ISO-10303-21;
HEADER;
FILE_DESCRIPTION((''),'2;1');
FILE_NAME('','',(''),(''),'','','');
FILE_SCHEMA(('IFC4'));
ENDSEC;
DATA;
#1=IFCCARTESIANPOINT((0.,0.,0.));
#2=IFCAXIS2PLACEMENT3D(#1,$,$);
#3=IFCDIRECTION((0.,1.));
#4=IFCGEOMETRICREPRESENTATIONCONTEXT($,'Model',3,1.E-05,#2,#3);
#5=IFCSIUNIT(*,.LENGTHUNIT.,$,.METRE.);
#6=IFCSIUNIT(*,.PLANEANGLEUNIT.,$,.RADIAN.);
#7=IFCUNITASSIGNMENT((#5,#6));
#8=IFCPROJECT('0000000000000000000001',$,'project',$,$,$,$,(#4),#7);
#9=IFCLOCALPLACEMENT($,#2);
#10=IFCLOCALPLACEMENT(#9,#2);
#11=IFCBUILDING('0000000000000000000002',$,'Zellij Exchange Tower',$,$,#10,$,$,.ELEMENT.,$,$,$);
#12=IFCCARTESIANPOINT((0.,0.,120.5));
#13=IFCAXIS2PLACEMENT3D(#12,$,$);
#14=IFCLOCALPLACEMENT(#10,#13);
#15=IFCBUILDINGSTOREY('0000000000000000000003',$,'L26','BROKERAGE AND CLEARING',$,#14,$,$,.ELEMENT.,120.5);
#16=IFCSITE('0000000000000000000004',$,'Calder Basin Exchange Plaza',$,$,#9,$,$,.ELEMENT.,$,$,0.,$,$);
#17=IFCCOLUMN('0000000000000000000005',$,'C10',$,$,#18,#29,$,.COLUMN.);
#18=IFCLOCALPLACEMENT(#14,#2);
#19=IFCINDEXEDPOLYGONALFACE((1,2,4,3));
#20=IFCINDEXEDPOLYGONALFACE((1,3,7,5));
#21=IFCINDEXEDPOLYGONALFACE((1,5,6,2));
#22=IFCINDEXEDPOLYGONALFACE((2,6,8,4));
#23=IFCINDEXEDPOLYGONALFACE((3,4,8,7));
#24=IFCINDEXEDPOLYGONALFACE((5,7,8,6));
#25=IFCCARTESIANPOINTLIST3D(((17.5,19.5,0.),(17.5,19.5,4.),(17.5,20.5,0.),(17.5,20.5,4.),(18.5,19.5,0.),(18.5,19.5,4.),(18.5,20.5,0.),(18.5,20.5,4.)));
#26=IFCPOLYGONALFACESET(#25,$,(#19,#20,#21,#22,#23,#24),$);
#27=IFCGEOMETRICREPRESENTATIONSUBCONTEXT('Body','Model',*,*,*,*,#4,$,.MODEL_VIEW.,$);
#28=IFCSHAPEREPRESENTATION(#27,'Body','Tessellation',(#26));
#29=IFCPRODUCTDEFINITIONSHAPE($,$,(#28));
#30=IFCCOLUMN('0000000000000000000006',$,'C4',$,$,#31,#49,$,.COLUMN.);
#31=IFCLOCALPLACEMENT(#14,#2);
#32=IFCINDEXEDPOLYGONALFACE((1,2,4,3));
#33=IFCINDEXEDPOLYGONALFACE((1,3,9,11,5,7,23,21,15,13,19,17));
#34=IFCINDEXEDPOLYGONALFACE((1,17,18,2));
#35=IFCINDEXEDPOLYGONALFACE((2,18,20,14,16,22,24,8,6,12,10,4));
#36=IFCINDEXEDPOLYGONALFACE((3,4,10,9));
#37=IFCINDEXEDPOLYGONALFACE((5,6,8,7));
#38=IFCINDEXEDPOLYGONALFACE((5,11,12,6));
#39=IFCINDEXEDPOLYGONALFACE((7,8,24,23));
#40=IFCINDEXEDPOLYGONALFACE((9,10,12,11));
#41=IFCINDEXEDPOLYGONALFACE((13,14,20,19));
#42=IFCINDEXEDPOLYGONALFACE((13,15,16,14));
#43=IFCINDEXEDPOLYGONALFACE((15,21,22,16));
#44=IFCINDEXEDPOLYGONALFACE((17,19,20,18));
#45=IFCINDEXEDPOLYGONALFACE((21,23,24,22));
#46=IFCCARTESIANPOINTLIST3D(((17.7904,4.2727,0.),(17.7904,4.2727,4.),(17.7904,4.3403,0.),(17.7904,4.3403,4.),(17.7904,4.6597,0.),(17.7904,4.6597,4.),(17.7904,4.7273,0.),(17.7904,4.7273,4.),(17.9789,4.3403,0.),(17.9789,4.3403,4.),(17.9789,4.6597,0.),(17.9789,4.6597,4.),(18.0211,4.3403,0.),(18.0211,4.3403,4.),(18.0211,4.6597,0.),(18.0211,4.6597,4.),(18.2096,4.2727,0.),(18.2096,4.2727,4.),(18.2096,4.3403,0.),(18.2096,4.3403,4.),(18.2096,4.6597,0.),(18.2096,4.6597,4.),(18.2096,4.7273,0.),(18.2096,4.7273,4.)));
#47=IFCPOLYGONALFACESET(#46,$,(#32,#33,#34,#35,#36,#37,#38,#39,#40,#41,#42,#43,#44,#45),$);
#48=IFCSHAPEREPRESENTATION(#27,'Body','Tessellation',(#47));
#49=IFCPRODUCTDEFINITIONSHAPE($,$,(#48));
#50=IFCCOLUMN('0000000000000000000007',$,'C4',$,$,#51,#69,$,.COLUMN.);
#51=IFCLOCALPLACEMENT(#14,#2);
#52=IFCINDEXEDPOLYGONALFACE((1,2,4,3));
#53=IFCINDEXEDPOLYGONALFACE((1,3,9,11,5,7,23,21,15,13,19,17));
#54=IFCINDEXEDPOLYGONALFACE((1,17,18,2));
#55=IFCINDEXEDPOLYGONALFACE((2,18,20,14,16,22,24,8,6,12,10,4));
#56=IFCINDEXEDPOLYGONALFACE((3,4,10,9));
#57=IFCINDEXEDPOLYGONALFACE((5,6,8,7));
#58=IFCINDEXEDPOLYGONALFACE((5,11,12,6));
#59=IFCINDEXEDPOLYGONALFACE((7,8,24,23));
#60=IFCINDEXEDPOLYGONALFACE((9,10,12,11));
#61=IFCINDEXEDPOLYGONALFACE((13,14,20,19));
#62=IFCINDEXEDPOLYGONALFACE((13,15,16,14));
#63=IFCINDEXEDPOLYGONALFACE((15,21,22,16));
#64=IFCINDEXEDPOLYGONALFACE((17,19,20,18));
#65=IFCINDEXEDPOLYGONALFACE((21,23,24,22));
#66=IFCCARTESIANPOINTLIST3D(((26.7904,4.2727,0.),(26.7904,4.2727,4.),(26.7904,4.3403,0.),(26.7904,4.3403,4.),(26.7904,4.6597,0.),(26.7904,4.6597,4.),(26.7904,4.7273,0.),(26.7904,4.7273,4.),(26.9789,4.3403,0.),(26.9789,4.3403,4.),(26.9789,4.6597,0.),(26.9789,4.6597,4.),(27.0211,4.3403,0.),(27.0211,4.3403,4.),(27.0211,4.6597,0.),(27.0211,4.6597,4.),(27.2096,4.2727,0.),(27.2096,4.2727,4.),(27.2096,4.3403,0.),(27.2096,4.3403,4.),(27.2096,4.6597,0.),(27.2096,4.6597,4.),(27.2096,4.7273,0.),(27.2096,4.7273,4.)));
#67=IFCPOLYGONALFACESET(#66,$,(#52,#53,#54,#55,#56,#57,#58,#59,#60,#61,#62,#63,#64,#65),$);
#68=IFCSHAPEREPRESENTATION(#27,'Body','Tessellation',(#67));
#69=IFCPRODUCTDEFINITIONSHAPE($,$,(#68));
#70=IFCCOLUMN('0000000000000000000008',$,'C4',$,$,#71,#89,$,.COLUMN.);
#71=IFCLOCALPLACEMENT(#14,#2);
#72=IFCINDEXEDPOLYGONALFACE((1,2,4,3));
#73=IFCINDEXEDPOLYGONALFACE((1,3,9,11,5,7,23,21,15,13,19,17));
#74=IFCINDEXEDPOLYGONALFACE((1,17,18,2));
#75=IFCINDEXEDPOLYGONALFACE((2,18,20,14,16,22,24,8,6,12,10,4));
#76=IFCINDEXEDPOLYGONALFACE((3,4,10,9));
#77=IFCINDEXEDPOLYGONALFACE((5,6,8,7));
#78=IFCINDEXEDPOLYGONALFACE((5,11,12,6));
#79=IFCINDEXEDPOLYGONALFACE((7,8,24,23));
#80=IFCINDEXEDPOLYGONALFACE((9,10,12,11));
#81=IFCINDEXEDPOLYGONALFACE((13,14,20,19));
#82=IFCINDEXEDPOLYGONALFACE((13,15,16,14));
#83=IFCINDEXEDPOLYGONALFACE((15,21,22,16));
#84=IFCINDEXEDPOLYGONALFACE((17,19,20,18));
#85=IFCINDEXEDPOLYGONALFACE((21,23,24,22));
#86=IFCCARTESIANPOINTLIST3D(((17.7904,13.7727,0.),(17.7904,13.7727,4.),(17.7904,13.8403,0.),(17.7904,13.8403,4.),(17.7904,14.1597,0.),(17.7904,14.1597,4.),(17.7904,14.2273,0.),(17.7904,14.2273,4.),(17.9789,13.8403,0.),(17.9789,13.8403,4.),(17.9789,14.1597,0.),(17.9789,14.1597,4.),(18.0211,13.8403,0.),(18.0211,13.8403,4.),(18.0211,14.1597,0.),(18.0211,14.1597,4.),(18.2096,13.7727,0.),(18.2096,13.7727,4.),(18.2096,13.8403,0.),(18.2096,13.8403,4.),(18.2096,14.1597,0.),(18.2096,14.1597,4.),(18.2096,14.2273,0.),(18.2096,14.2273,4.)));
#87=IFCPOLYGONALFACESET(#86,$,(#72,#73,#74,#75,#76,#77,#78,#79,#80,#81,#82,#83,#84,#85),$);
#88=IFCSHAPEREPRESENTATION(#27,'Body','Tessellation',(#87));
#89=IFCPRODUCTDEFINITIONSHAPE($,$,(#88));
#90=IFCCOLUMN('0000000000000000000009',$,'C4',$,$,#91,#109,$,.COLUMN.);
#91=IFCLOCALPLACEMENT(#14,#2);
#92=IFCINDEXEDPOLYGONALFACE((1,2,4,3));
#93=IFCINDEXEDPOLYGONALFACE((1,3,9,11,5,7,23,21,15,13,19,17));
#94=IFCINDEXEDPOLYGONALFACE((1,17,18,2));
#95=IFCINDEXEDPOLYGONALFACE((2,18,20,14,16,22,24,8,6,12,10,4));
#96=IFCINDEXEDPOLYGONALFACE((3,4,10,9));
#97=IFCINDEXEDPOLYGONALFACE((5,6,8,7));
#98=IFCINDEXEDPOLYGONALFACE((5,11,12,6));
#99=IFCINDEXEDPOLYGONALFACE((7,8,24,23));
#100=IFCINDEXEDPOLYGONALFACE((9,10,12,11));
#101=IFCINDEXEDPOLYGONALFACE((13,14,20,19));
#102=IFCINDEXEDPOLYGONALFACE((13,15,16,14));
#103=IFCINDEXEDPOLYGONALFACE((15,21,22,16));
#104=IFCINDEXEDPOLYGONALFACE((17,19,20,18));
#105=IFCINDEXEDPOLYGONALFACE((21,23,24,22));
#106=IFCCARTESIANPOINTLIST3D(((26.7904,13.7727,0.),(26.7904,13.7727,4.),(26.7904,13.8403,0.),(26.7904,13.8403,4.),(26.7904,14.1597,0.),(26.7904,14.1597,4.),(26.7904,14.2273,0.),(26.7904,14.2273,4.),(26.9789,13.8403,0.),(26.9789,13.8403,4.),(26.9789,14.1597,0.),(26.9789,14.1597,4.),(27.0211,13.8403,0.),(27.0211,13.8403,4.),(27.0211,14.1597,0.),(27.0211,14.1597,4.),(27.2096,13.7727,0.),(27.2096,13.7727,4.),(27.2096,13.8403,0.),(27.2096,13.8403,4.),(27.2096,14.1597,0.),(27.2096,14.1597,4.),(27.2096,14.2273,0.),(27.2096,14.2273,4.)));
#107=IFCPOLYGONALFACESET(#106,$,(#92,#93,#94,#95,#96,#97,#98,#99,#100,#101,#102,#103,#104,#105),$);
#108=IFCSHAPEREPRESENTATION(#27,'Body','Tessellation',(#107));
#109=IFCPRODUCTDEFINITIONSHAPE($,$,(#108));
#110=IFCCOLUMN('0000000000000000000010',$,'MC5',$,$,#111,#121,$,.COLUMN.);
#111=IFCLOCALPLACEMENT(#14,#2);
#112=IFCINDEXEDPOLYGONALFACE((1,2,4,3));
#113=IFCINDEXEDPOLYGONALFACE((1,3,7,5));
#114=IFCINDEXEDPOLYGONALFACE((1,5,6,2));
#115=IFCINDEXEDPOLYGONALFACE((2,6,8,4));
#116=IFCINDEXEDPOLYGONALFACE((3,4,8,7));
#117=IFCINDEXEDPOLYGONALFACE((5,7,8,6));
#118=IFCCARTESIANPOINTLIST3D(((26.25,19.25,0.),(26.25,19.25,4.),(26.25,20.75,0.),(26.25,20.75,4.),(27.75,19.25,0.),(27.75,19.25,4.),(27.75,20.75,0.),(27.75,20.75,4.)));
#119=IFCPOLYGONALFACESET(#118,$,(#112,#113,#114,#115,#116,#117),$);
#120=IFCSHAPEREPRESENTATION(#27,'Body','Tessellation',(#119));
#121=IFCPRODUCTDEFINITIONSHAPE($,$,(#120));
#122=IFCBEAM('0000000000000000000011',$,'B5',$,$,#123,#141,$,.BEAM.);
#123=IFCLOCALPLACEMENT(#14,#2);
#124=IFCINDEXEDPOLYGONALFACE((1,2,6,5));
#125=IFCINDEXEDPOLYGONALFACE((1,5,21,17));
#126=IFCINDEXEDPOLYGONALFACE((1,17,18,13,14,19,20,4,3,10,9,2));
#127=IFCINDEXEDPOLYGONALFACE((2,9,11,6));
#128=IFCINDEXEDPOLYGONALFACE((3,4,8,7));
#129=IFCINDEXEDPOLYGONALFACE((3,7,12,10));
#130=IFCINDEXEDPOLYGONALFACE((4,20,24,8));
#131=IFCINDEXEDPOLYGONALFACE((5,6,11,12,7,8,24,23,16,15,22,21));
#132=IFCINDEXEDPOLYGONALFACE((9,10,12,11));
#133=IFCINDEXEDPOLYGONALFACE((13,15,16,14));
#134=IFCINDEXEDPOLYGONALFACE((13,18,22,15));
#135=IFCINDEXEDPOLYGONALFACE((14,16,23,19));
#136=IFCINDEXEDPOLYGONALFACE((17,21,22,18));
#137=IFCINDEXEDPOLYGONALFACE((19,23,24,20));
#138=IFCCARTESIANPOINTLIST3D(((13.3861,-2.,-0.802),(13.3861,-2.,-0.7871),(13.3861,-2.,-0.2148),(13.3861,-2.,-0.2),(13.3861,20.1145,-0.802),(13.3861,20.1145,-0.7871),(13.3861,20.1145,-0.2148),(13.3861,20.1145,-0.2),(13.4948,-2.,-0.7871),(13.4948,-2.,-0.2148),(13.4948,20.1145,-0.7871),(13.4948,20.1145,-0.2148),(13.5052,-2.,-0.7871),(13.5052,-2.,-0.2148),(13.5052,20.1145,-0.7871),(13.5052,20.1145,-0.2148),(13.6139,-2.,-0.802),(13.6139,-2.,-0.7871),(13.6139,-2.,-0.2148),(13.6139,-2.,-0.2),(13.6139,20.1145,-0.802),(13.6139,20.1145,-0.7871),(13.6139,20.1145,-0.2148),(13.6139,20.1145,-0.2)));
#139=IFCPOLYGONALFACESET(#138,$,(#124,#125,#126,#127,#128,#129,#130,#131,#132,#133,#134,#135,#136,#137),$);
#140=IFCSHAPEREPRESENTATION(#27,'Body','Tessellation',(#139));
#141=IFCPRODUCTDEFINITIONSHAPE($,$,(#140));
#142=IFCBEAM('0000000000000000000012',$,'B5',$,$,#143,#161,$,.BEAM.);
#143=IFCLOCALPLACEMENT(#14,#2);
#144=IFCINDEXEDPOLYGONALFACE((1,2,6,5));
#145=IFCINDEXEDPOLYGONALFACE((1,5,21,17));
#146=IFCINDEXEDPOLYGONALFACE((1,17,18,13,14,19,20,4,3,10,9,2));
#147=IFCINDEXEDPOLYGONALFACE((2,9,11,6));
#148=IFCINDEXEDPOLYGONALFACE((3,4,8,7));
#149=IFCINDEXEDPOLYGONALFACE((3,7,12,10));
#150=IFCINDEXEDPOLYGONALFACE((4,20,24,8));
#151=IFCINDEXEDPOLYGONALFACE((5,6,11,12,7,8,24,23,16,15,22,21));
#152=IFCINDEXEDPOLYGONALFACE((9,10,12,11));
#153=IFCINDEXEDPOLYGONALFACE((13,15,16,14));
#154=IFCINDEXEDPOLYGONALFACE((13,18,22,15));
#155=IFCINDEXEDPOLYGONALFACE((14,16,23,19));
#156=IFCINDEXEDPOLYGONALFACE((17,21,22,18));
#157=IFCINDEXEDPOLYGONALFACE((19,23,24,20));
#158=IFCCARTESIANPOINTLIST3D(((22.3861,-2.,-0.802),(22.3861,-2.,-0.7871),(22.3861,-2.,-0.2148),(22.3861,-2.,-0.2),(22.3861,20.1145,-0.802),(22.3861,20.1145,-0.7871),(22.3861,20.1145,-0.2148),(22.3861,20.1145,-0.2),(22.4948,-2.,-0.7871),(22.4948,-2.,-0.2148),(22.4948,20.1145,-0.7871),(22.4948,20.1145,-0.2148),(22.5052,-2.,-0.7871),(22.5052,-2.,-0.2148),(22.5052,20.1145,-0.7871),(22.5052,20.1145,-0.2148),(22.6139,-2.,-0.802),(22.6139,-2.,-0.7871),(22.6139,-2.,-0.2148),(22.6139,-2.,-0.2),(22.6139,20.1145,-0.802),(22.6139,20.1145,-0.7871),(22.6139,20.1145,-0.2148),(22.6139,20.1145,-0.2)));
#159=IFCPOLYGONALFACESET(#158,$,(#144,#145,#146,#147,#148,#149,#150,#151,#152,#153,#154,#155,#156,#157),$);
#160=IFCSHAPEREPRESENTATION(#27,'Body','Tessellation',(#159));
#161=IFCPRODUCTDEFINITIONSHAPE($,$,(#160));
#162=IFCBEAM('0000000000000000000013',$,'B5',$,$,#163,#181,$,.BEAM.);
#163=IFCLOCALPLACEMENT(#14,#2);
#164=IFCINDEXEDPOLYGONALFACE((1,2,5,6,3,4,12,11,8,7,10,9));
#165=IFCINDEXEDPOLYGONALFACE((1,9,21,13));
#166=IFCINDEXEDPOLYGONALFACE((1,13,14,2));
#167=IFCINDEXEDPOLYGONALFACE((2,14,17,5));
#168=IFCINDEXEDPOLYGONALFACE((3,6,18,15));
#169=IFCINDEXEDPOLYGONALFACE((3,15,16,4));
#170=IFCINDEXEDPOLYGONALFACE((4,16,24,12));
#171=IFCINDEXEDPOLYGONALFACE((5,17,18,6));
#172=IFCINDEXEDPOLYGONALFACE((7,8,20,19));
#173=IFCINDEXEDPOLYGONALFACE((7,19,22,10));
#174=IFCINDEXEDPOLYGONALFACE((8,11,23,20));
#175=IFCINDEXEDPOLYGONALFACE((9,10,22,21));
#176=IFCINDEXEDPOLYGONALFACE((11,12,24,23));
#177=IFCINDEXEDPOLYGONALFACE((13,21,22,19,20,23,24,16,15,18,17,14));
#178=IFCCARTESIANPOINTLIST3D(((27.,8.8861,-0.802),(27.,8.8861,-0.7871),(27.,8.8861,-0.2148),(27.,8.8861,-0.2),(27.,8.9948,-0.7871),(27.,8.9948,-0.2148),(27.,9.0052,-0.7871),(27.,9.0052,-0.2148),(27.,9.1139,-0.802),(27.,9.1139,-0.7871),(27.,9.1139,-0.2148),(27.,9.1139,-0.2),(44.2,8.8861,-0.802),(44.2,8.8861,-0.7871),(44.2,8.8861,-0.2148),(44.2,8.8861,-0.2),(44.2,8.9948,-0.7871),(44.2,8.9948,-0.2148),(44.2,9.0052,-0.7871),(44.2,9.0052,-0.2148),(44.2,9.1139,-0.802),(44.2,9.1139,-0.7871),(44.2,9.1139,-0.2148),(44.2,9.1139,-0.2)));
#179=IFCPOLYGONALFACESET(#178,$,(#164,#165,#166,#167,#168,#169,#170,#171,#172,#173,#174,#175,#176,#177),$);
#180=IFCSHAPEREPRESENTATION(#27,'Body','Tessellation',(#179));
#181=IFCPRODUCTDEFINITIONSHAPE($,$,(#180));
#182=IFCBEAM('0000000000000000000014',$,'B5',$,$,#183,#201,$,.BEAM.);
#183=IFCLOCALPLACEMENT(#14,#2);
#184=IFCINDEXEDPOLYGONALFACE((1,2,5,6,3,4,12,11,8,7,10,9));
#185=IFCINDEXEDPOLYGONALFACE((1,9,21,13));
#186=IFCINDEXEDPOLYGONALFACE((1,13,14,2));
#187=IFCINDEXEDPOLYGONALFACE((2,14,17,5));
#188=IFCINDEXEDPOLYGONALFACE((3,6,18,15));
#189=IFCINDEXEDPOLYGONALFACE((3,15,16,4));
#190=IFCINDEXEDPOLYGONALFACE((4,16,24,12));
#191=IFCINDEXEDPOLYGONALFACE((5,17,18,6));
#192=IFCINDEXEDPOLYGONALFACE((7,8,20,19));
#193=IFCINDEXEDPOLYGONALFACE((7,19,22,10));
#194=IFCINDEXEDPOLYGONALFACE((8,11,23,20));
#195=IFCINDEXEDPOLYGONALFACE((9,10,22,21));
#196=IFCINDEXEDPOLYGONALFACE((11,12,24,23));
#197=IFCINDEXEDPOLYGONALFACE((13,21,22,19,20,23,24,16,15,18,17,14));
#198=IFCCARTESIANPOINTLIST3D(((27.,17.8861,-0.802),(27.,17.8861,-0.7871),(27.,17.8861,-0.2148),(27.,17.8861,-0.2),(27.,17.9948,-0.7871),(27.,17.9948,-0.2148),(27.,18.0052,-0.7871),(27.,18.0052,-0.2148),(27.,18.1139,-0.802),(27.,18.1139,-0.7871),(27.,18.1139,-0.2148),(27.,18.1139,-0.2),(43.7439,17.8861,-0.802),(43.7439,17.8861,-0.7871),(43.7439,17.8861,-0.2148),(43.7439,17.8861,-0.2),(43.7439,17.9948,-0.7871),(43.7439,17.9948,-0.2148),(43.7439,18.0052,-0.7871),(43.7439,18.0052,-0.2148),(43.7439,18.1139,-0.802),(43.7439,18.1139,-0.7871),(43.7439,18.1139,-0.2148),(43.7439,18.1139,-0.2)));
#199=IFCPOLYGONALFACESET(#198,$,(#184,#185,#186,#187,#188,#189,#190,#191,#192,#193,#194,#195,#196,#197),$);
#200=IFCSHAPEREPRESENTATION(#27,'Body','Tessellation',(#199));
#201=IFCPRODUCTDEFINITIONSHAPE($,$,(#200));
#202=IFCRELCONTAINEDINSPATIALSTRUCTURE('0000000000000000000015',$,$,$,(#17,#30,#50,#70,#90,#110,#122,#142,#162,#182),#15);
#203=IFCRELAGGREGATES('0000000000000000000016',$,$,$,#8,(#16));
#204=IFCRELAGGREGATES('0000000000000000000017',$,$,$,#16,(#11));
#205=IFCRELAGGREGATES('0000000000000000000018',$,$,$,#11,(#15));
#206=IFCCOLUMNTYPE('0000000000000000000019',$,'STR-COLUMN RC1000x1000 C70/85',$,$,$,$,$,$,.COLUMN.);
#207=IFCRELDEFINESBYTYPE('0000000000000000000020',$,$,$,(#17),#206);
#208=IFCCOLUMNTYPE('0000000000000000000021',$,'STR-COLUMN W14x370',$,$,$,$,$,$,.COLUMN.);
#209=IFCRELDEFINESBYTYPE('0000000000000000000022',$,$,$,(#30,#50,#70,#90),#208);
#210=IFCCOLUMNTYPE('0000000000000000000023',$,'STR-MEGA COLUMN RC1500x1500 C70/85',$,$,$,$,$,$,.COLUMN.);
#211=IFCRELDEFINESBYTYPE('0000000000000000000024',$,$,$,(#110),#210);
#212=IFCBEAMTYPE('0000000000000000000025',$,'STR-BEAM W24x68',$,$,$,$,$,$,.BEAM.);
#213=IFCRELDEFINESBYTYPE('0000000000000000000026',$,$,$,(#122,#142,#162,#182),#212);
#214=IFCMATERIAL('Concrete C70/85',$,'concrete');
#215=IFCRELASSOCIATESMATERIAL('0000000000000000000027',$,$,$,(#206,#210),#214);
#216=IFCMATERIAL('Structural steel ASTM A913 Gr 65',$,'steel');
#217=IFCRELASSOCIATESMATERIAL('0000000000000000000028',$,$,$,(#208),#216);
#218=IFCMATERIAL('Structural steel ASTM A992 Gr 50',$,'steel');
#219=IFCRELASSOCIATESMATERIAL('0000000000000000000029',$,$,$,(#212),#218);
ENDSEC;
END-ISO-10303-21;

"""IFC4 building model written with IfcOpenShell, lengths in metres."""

from ifc_helpers import new_model, si_unit, direction, frame, origin, origin_2d, place, context, subcontext, project, spatial, rectangle, i_section, extrude, material, material_profile, profile_set, type_object, element, save


model = new_model("IFC4")

# Units and contexts
model_context = context("Model", 3, precision=1e-05, world=origin(), true_north=direction((0.0, 1.0)))
body_context = subcontext(model_context, "Body", "Model", "MODEL_VIEW")
ifc_project = project(units=[si_unit("LENGTHUNIT", "METRE"), si_unit("PLANEANGLEUNIT", "RADIAN")], contexts=[model_context])

# Site, building, storey
site_placement = place(None, origin())
site = spatial("IfcSite", under=ifc_project, at=site_placement, Name="Calder Basin Exchange Plaza", CompositionType="ELEMENT", RefElevation=0.0)
building_placement = place(site_placement, origin())
building = spatial("IfcBuilding", under=site, at=building_placement, Name="Zellij Exchange Tower", CompositionType="ELEMENT")
storey_placement = place(building_placement, frame((0.0, 0.0, 120.5)))
storey = spatial("IfcBuildingStorey", under=building, at=storey_placement, Name="L26", Description="BROKERAGE AND CLEARING", CompositionType="ELEMENT", Elevation=120.5)

# Columns
ifc_material_1 = material(Name="Concrete C70/85", Category="concrete")
ifc_material_profile_1 = material_profile(ifc_material_1, rectangle(XDim=1.0, YDim=1.0, at=origin_2d()), Name="STR-COLUMN RC1000x1000 C70/85")
ifc_profile_set_1 = profile_set([ifc_material_profile_1], Name="Concrete C70/85")
column_type_1 = type_object("IfcColumnType", Name="STR-COLUMN RC1000x1000 C70/85", PredefinedType="COLUMN", material=ifc_profile_set_1)
column_1_placement = place(storey_placement, frame((18.0, 20.0, 0.0), z_axis=(0.0, 0.0, 1.0), x_axis=(1.0, 0.0, 0.0)))
element("IfcColumn", 1, at=column_1_placement, inside=storey, type_object=column_type_1, Name="C10", PredefinedType="COLUMN", context=body_context, shape_type="SweptSolid", body=[
    extrude(rectangle(XDim=1.0, YDim=1.0, at=origin_2d()), origin(), (0.0, 0.0, 1.0), 4.0),
])
ifc_material_2 = material(Name="Structural steel ASTM A913 Gr 65", Category="steel")
ifc_material_profile_2 = material_profile(ifc_material_2, i_section(OverallWidth=0.4192, OverallDepth=0.4546, WebThickness=0.0422, FlangeThickness=0.0676, at=origin_2d()), Name="W14x370")
ifc_profile_set_2 = profile_set([ifc_material_profile_2], Name="Structural steel ASTM A913 Gr 65")
column_type_2 = type_object("IfcColumnType", Name="STR-COLUMN W14x370", PredefinedType="COLUMN", material=ifc_profile_set_2)
for number, where, z_axis, x_axis, name in (
    (2, (18.0, 4.5, 0.0), (0.0, 0.0, 1.0), (1.0, 0.0, 0.0), "C4"),
    (3, (27.0, 4.5, 0.0), (0.0, 0.0, 1.0), (1.0, 0.0, 0.0), "C4"),
    (4, (18.0, 14.0, 0.0), (0.0, 0.0, 1.0), (1.0, 0.0, 0.0), "C4"),
    (5, (27.0, 14.0, 0.0), (0.0, 0.0, 1.0), (1.0, 0.0, 0.0), "C4"),
):
    element("IfcColumn", number, at=place(storey_placement, frame(where, z_axis=z_axis, x_axis=x_axis)), inside=storey, type_object=column_type_2, Name=name, PredefinedType="COLUMN", context=body_context, shape_type="SweptSolid", body=[
        extrude(i_section(OverallWidth=0.4192, OverallDepth=0.4546, WebThickness=0.0422, FlangeThickness=0.0676, at=origin_2d()), origin(), (0.0, 0.0, 1.0), 4.0),
    ])
ifc_material_profile_3 = material_profile(ifc_material_1, rectangle(XDim=1.5, YDim=1.5, at=origin_2d()), Name="STR-MEGA COLUMN RC1500x1500 C70/85")
ifc_profile_set_3 = profile_set([ifc_material_profile_3], Name="Concrete C70/85")
column_type_3 = type_object("IfcColumnType", Name="STR-MEGA COLUMN RC1500x1500 C70/85", PredefinedType="COLUMN", material=ifc_profile_set_3)
column_2_placement = place(storey_placement, frame((27.0, 20.0, 0.0), z_axis=(0.0, 0.0, 1.0), x_axis=(1.0, 0.0, 0.0)))
element("IfcColumn", 6, at=column_2_placement, inside=storey, type_object=column_type_3, Name="MC5", PredefinedType="COLUMN", context=body_context, shape_type="SweptSolid", body=[
    extrude(rectangle(XDim=1.5, YDim=1.5, at=origin_2d()), origin(), (0.0, 0.0, 1.0), 4.0),
])

# Beams
ifc_material_3 = material(Name="Structural steel ASTM A992 Gr 50", Category="steel")
ifc_material_profile_4 = material_profile(ifc_material_3, i_section(OverallWidth=0.2278, OverallDepth=0.6021, WebThickness=0.0105, FlangeThickness=0.0149, at=origin_2d()), Name="W24x68")
ifc_profile_set_4 = profile_set([ifc_material_profile_4], Name="Structural steel ASTM A992 Gr 50")
beam_type_1 = type_object("IfcBeamType", Name="STR-BEAM W24x68", PredefinedType="BEAM", material=ifc_profile_set_4)
for number, where, z_axis, x_axis, name in (
    (7, (13.5, -2.0, -0.501), (0.0, 1.0, 0.0), (-1.0, 0.0, 0.0), "B5"),
    (8, (22.5, -2.0, -0.501), (0.0, 1.0, 0.0), (-1.0, 0.0, 0.0), "B5"),
):
    element("IfcBeam", number, at=place(storey_placement, frame(where, z_axis=z_axis, x_axis=x_axis)), inside=storey, type_object=beam_type_1, Name=name, PredefinedType="BEAM", context=body_context, shape_type="SweptSolid", body=[
        extrude(i_section(OverallWidth=0.2278, OverallDepth=0.6021, WebThickness=0.0105, FlangeThickness=0.0149, at=origin_2d()), origin(), (0.0, 0.0, 1.0), 22.1145),
    ])
beam_1_placement = place(storey_placement, frame((27.0, 9.0, -0.501), z_axis=(1.0, 0.0, 0.0), x_axis=(0.0, 1.0, 0.0)))
element("IfcBeam", 9, at=beam_1_placement, inside=storey, type_object=beam_type_1, Name="B5", PredefinedType="BEAM", context=body_context, shape_type="SweptSolid", body=[
    extrude(i_section(OverallWidth=0.2278, OverallDepth=0.6021, WebThickness=0.0105, FlangeThickness=0.0149, at=origin_2d()), origin(), (0.0, 0.0, 1.0), 17.2),
])
beam_2_placement = place(storey_placement, frame((27.0, 18.0, -0.501), z_axis=(1.0, 0.0, 0.0), x_axis=(0.0, 1.0, 0.0)))
element("IfcBeam", 10, at=beam_2_placement, inside=storey, type_object=beam_type_1, Name="B5", PredefinedType="BEAM", context=body_context, shape_type="SweptSolid", body=[
    extrude(i_section(OverallWidth=0.2278, OverallDepth=0.6021, WebThickness=0.0105, FlangeThickness=0.0149, at=origin_2d()), origin(), (0.0, 0.0, 1.0), 16.7439),
])

save(model, "model.ifc")
